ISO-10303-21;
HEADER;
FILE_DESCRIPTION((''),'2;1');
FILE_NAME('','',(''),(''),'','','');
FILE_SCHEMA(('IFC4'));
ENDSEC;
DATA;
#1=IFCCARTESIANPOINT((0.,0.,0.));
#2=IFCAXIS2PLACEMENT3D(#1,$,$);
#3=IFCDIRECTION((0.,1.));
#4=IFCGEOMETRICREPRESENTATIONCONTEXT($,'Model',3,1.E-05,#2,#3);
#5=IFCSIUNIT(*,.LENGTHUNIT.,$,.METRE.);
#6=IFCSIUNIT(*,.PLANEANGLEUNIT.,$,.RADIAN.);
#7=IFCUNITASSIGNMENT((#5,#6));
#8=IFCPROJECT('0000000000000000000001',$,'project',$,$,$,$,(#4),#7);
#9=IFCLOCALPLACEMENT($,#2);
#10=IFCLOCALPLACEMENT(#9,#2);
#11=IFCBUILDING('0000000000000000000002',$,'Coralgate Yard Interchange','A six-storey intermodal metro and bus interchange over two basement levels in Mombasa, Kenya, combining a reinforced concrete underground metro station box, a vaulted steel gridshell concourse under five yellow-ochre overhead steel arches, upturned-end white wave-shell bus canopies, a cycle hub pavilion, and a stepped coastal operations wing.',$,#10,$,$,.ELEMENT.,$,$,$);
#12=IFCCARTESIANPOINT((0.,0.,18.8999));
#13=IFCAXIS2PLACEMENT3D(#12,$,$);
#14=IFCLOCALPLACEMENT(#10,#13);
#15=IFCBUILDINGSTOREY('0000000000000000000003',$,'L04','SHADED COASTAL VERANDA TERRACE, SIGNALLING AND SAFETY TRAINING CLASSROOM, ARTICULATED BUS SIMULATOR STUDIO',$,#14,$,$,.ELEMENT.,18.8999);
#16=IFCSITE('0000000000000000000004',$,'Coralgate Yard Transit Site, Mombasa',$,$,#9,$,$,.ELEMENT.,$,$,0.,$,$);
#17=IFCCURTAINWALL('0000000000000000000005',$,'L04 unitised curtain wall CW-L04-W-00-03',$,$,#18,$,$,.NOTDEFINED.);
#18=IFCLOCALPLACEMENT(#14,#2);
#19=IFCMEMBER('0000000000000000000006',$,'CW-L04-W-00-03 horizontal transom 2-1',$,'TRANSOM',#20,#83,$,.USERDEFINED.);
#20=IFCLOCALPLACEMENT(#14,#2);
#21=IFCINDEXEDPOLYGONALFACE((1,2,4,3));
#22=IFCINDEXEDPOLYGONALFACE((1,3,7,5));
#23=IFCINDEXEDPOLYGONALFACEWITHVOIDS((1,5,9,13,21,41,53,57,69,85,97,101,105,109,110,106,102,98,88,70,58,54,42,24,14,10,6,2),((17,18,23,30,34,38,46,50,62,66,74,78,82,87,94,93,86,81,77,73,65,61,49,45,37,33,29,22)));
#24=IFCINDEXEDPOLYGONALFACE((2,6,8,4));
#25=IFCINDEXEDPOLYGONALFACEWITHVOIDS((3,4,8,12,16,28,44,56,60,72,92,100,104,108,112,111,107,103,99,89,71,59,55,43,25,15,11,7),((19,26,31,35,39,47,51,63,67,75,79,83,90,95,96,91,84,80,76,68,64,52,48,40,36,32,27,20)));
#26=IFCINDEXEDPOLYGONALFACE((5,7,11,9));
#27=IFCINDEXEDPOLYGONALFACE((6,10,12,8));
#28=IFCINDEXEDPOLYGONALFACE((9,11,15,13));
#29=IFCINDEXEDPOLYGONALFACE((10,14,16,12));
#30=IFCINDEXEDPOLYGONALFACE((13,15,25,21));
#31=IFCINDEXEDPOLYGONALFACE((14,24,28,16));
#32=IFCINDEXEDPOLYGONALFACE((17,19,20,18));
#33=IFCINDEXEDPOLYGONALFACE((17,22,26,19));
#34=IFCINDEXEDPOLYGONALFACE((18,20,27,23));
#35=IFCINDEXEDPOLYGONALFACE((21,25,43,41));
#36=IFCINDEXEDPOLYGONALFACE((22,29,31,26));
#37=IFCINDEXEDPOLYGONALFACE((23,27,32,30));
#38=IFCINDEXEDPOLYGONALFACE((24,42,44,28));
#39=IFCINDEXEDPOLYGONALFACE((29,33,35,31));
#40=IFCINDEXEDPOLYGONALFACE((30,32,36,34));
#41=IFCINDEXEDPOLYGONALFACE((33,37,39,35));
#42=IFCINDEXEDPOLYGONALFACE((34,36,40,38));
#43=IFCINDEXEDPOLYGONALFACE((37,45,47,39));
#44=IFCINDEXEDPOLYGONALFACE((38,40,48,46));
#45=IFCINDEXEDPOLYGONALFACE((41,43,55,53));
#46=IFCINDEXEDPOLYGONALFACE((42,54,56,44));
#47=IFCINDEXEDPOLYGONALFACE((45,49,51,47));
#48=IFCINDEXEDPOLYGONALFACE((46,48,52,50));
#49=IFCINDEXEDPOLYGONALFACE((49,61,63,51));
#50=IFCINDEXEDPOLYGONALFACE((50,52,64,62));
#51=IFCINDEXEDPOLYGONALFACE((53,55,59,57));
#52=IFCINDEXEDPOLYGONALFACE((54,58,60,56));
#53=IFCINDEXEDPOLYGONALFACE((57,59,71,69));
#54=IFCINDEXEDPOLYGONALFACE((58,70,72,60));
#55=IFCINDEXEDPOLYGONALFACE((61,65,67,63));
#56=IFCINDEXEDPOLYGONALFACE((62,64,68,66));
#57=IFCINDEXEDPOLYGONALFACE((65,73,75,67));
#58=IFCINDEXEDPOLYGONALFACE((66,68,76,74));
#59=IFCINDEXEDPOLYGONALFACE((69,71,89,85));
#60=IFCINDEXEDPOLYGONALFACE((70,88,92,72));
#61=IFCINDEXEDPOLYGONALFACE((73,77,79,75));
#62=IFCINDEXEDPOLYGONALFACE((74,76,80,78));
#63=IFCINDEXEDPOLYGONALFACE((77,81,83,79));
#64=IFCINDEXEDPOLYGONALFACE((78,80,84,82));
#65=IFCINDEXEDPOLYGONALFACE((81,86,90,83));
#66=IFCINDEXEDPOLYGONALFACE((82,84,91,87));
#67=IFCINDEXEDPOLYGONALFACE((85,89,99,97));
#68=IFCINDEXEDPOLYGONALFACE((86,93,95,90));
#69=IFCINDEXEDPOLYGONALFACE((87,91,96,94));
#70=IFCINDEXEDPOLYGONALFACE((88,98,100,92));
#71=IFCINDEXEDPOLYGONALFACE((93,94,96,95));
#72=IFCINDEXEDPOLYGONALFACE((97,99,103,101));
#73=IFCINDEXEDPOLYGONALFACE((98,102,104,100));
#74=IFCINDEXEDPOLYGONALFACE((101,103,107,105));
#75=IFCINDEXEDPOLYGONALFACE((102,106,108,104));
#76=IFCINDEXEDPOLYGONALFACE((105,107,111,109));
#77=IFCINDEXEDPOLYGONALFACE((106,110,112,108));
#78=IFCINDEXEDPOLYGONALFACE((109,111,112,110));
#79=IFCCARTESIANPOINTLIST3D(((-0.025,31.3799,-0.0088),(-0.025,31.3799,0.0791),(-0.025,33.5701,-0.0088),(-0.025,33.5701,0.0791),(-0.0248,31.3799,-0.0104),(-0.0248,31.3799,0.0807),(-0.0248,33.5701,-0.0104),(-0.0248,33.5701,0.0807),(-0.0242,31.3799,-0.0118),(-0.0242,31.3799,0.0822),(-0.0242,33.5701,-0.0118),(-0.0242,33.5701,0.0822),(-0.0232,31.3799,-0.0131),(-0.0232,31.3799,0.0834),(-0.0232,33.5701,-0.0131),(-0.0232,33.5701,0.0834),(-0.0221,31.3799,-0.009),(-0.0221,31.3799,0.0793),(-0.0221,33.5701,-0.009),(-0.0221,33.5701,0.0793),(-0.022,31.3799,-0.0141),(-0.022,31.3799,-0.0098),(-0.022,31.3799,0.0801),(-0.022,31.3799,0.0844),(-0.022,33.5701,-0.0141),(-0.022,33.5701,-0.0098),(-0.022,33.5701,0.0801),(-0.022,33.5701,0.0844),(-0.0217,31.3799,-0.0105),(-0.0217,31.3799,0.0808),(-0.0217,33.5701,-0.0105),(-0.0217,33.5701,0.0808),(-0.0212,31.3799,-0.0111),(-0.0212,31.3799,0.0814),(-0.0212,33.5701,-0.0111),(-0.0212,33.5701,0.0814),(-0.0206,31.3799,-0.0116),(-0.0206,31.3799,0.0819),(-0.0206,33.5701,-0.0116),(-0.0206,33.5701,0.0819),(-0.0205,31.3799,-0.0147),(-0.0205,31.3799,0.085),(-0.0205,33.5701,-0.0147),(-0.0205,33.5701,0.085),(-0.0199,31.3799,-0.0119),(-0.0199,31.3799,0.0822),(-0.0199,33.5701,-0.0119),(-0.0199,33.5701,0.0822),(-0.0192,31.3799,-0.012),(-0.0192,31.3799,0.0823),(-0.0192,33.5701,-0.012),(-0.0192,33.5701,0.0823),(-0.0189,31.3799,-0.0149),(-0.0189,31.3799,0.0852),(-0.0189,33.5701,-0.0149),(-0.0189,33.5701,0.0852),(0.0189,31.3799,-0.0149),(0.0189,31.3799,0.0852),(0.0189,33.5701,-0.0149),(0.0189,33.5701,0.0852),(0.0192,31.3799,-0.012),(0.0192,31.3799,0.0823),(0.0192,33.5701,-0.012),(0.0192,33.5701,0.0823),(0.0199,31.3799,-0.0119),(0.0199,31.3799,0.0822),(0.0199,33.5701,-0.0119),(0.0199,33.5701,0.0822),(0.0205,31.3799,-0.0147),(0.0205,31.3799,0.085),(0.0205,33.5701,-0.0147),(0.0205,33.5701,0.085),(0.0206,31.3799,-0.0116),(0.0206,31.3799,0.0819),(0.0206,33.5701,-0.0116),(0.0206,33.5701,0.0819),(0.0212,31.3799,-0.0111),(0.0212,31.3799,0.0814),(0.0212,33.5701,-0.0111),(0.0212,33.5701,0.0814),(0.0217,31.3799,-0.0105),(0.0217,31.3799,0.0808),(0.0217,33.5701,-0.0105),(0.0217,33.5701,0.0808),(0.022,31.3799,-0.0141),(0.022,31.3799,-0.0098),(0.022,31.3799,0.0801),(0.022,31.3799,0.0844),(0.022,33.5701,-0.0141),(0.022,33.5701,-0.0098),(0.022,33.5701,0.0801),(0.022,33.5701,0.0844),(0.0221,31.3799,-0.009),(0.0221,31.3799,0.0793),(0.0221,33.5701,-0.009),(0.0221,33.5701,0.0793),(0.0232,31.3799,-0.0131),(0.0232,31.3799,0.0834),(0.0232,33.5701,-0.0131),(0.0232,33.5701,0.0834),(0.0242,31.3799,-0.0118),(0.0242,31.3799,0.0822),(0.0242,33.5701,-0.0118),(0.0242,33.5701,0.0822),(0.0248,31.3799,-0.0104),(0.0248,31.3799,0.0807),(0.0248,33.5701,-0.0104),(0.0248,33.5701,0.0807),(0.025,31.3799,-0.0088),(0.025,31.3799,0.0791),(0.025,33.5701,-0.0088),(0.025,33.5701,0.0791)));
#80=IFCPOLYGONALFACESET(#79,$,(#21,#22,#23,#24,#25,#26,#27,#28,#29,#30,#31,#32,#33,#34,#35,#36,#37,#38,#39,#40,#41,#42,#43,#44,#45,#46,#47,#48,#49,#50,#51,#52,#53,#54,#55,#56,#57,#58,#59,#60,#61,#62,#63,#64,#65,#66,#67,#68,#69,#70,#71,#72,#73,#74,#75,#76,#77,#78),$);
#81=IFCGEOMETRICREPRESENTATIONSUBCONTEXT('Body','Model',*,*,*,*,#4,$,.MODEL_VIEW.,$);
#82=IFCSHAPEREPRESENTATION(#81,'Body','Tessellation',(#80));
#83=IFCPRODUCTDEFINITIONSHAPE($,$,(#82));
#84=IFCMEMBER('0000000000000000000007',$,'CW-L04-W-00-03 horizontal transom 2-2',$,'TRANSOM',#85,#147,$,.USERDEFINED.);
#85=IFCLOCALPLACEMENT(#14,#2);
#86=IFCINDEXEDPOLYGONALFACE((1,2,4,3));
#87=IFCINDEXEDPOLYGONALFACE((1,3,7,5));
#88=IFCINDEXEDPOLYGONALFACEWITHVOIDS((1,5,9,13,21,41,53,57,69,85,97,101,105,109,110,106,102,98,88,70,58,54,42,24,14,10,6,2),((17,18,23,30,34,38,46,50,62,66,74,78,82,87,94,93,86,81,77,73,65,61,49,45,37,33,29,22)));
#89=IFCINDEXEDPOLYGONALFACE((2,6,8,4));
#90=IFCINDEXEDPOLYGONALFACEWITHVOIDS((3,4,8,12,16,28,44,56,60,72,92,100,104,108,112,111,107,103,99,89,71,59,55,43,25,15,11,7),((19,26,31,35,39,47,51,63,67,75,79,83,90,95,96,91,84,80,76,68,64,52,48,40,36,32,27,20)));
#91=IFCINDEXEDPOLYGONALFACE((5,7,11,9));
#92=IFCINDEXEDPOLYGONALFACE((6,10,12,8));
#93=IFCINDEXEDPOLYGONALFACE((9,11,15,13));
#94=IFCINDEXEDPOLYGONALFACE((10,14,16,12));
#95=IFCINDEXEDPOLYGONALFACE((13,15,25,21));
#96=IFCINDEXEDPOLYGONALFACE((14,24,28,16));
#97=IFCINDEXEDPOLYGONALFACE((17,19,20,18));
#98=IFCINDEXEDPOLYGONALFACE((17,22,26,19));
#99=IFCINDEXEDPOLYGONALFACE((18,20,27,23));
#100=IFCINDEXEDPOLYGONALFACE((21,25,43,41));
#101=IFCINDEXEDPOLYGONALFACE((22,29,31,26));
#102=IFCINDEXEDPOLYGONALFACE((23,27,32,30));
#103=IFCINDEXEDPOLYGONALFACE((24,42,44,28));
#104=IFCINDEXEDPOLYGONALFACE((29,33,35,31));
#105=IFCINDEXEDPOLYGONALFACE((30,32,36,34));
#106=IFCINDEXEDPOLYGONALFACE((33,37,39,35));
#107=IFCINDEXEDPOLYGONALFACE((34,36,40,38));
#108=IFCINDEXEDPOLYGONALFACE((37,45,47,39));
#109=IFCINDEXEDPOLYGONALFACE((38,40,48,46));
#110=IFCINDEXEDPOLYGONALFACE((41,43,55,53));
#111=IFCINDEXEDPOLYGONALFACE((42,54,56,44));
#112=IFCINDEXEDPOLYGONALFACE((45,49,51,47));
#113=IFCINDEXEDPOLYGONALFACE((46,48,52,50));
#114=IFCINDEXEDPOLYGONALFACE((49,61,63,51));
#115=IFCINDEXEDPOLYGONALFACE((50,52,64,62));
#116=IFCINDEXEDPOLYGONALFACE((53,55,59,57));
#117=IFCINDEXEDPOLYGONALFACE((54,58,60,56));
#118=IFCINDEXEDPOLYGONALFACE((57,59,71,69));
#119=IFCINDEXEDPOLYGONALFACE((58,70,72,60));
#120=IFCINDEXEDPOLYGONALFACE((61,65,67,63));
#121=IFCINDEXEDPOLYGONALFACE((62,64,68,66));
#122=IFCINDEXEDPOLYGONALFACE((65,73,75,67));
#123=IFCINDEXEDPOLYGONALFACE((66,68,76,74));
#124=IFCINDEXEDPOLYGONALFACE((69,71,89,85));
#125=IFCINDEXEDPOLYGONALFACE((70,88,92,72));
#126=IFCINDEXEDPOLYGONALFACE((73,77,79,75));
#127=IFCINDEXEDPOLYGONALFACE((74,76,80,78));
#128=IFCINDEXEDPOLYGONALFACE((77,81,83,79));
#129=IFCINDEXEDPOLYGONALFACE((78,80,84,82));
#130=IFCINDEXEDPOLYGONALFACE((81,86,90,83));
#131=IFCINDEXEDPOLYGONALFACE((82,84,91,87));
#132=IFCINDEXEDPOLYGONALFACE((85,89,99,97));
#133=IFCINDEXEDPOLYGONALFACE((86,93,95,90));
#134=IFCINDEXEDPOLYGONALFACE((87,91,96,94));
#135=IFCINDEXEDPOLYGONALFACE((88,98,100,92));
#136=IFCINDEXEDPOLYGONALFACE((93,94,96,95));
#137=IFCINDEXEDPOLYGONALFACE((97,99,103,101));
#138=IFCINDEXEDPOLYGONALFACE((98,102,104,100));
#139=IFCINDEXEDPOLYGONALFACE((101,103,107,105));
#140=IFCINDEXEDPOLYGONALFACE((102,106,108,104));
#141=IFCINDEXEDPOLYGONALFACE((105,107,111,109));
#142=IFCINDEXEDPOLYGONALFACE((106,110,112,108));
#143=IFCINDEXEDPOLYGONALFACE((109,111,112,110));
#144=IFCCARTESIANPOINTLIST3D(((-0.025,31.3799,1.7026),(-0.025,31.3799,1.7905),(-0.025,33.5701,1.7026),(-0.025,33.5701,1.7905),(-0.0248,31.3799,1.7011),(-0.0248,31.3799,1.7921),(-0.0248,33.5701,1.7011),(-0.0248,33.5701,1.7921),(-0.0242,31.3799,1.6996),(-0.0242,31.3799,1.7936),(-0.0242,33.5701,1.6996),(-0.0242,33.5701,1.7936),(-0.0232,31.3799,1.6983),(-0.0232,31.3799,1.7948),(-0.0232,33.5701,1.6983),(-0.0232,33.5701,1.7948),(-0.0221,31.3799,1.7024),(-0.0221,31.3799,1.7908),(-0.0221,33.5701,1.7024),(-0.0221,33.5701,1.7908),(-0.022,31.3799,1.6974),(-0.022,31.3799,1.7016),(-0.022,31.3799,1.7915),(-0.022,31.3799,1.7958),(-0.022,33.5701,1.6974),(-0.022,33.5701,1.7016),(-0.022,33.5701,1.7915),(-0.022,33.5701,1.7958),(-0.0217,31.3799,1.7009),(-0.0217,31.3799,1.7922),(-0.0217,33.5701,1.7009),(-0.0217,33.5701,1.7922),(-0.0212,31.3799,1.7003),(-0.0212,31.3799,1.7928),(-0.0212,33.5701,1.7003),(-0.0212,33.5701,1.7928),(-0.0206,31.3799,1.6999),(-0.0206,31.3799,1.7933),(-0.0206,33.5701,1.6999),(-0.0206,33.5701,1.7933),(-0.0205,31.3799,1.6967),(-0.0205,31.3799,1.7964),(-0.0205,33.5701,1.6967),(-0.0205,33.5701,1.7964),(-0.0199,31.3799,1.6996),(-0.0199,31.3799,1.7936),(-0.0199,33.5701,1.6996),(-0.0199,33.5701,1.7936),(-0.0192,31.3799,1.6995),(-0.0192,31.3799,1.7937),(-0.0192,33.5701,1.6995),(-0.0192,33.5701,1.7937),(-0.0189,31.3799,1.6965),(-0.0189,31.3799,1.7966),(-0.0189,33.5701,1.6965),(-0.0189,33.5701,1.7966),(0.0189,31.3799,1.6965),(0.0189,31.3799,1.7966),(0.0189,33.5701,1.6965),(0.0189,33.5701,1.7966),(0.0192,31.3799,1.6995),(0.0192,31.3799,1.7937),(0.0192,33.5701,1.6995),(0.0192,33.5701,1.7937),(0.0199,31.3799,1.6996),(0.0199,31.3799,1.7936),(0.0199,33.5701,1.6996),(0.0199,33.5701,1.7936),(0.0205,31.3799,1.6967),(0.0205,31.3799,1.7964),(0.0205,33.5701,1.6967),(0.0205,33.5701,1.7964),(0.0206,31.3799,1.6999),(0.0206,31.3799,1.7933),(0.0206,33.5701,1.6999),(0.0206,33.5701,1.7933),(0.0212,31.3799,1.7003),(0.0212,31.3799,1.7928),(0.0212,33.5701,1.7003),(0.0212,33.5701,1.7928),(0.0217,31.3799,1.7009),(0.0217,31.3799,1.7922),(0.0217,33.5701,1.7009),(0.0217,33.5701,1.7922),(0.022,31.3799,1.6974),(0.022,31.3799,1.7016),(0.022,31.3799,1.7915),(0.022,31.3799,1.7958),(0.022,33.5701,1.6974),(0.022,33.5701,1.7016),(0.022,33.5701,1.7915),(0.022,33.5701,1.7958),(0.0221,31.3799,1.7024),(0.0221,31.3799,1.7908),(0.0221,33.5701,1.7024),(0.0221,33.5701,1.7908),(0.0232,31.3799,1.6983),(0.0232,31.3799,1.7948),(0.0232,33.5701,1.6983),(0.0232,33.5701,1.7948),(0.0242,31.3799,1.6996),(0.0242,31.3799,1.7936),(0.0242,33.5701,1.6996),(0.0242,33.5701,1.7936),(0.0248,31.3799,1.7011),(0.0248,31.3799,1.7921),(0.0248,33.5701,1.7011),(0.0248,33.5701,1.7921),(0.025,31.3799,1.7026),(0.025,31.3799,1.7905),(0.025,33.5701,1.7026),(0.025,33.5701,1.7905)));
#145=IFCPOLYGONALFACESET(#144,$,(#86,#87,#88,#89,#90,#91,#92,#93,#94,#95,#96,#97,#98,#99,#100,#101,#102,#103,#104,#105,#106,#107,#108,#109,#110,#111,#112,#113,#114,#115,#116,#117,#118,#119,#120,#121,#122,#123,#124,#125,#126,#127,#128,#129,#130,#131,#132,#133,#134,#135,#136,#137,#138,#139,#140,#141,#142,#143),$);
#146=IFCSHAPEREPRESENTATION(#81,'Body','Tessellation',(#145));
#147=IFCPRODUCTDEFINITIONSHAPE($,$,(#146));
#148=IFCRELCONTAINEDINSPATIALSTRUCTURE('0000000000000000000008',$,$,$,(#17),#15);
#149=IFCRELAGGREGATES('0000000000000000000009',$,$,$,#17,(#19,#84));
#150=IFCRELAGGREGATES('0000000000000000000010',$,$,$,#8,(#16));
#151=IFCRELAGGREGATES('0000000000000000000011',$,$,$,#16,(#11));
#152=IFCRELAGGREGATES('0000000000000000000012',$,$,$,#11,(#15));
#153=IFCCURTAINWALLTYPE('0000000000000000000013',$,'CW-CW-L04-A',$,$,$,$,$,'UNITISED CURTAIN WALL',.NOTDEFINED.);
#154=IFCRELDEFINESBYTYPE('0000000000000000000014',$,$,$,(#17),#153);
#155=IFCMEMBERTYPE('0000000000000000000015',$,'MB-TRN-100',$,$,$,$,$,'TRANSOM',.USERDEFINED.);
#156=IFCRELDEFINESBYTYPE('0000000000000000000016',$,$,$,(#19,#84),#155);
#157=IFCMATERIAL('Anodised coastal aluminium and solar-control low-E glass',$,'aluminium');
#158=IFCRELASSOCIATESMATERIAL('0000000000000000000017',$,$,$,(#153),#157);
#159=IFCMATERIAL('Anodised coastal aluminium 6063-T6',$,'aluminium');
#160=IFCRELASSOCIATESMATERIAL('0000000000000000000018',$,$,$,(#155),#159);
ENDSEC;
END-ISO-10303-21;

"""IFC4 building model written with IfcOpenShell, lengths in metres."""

from ifc_helpers import new_model, si_unit, direction, frame, origin, origin_2d, place, context, subcontext, project, spatial, hollow_rectangle, extrude, material, material_profile, profile_set, type_object, element, aggregate, save


model = new_model("IFC4")

# Units and contexts
model_context = context("Model", 3, precision=1e-05, world=origin(), true_north=direction((0.0, 1.0)))
body_context = subcontext(model_context, "Body", "Model", "MODEL_VIEW")
ifc_project = project(units=[si_unit("LENGTHUNIT", "METRE"), si_unit("PLANEANGLEUNIT", "RADIAN")], contexts=[model_context])

# Site, building, storey
site_placement = place(None, origin())
site = spatial("IfcSite", under=ifc_project, at=site_placement, Name="Coralgate Yard Transit Site, Mombasa", CompositionType="ELEMENT", RefElevation=0.0)
building_placement = place(site_placement, origin())
building = spatial("IfcBuilding", under=site, at=building_placement, Name="Coralgate Yard Interchange", Description="A six-storey intermodal metro and bus interchange over two basement levels in Mombasa, Kenya, combining a reinforced concrete underground metro station box, a vaulted steel gridshell concourse under five yellow-ochre overhead steel arches, upturned-end white wave-shell bus canopies, a cycle hub pavilion, and a stepped coastal operations wing.", CompositionType="ELEMENT")
storey_placement = place(building_placement, frame((0.0, 0.0, 18.8999)))
storey = spatial("IfcBuildingStorey", under=building, at=storey_placement, Name="L04", Description="SHADED COASTAL VERANDA TERRACE, SIGNALLING AND SAFETY TRAINING CLASSROOM, ARTICULATED BUS SIMULATOR STUDIO", CompositionType="ELEMENT", Elevation=18.8999)

# Curtain wall, members
ifc_material_1 = material(Name="Anodised coastal aluminium and solar-control low-E glass", Category="aluminium")
curtain_wall_type = type_object("IfcCurtainWallType", Name="CW-CW-L04-A", ElementType="UNITISED CURTAIN WALL", PredefinedType="NOTDEFINED", material=ifc_material_1)
curtain_wall_placement = place(storey_placement, origin())
curtain_wall = element("IfcCurtainWall", 1, at=curtain_wall_placement, inside=storey, type_object=curtain_wall_type, Name="L04 unitised curtain wall CW-L04-W-00-03", PredefinedType="NOTDEFINED")
ifc_material_2 = material(Name="Anodised coastal aluminium 6063-T6", Category="aluminium")
ifc_material_profile_1 = material_profile(ifc_material_2, hollow_rectangle(XDim=0.05, YDim=0.1001, WallThickness=0.0029, InnerFilletRadius=0.0029, OuterFilletRadius=0.0061, at=origin_2d()), Name="ALU 50x100x3")
ifc_profile_set_1 = profile_set([ifc_material_profile_1], Name="Anodised coastal aluminium 6063-T6")
member_type_1 = type_object("IfcMemberType", Name="MB-TRN-100", ElementType="TRANSOM", PredefinedType="USERDEFINED", material=ifc_profile_set_1)
member_1_placement = place(storey_placement, frame((0.0, 31.3799, 0.0352), z_axis=(0.0, 1.0, 0.0), x_axis=(-1.0, 0.0, 0.0)))
member_1 = element("IfcMember", 2, at=member_1_placement, type_object=member_type_1, Name="CW-L04-W-00-03 horizontal transom 2-1", ObjectType="TRANSOM", PredefinedType="USERDEFINED", context=body_context, shape_type="SweptSolid", body=[
    extrude(hollow_rectangle(XDim=0.05, YDim=0.1001, WallThickness=0.0029, InnerFilletRadius=0.0029, OuterFilletRadius=0.0061, at=origin_2d()), origin(), (0.0, 0.0, 1.0), 2.1902),
])
member_2_placement = place(storey_placement, frame((0.0, 31.3799, 1.7466), z_axis=(0.0, 1.0, 0.0), x_axis=(-1.0, 0.0, 0.0)))
member_2 = element("IfcMember", 3, at=member_2_placement, type_object=member_type_1, Name="CW-L04-W-00-03 horizontal transom 2-2", ObjectType="TRANSOM", PredefinedType="USERDEFINED", context=body_context, shape_type="SweptSolid", body=[
    extrude(hollow_rectangle(XDim=0.05, YDim=0.1001, WallThickness=0.0029, InnerFilletRadius=0.0029, OuterFilletRadius=0.0061, at=origin_2d()), origin(), (0.0, 0.0, 1.0), 2.1902),
])
aggregate(curtain_wall, [member_1, member_2])

save(model, "model.ifc")
